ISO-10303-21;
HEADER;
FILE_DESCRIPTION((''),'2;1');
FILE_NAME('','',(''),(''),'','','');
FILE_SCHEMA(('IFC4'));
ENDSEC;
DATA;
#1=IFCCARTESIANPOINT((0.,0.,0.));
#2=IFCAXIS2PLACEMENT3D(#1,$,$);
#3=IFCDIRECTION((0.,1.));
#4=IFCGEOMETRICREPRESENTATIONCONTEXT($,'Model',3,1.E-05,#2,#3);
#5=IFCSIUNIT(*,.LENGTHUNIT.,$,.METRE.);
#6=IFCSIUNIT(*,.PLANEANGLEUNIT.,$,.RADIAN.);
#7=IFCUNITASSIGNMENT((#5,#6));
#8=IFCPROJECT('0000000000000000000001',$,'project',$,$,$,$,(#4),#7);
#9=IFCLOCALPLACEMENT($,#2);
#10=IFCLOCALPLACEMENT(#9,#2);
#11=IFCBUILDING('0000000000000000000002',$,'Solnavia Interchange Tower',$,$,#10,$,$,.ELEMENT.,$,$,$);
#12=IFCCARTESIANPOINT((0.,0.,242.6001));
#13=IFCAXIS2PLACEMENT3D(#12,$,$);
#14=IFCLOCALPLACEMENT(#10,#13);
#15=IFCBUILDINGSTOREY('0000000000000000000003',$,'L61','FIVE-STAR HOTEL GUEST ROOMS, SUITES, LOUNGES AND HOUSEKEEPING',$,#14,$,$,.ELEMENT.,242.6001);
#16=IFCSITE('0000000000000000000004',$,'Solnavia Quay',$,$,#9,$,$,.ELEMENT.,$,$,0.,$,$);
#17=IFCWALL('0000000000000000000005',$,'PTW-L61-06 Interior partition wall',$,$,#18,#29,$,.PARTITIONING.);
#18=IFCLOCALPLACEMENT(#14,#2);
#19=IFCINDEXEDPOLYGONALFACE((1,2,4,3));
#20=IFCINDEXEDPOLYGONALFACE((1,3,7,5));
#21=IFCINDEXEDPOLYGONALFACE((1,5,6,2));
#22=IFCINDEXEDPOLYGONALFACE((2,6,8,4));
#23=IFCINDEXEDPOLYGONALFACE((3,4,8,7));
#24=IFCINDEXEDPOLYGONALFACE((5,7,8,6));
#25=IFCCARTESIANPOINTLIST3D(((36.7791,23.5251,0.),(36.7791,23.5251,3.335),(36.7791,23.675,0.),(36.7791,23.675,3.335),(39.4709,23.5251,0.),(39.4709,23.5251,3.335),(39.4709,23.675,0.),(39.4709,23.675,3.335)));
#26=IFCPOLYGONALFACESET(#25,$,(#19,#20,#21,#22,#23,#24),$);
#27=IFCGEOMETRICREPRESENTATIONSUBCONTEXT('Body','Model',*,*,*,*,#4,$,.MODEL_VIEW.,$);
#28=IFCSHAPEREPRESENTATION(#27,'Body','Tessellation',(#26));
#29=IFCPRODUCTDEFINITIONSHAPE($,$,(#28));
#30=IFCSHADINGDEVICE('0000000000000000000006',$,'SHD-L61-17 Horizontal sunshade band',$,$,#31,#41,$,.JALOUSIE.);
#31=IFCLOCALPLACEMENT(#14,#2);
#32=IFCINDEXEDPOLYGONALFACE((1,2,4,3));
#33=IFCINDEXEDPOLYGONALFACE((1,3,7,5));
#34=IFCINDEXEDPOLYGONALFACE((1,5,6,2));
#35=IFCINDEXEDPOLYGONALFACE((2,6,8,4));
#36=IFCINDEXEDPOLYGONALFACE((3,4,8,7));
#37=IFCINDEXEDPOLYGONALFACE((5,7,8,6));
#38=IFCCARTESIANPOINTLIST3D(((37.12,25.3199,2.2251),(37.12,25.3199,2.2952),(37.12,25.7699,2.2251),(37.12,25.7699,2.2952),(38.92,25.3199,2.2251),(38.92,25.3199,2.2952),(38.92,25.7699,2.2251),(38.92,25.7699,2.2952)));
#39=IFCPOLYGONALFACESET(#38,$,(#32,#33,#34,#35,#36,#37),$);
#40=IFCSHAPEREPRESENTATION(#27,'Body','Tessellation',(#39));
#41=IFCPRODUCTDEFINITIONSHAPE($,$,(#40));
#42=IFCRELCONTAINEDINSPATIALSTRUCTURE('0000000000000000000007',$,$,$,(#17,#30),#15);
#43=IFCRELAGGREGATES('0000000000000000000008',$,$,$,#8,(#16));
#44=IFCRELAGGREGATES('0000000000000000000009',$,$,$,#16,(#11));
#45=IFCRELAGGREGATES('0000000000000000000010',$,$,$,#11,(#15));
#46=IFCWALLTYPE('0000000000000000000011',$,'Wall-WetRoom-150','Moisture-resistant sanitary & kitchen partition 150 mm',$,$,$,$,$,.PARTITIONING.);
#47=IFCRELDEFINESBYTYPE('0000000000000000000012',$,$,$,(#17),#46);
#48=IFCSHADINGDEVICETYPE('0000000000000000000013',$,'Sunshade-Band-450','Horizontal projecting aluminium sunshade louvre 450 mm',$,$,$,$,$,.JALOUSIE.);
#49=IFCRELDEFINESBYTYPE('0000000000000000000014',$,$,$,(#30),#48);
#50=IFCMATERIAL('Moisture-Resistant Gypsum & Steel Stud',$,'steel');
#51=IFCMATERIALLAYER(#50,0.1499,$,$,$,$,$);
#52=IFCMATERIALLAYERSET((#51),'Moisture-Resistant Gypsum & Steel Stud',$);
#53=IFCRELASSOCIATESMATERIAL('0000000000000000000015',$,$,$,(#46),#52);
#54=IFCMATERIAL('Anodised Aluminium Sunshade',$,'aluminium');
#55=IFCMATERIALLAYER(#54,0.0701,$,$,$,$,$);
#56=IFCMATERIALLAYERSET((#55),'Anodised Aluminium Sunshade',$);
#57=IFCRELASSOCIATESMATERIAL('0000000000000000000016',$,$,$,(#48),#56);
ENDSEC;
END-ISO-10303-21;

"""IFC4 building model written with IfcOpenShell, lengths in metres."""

from ifc_helpers import new_model, si_unit, direction, frame, frame_2d, origin, origin_2d, place, context, subcontext, project, spatial, rectangle, extrude, material, layer, layer_set, type_object, element, save


model = new_model("IFC4")

# Units and contexts
model_context = context("Model", 3, precision=1e-05, world=origin(), true_north=direction((0.0, 1.0)))
body_context = subcontext(model_context, "Body", "Model", "MODEL_VIEW")
ifc_project = project(units=[si_unit("LENGTHUNIT", "METRE"), si_unit("PLANEANGLEUNIT", "RADIAN")], contexts=[model_context])

# Site, building, storey
site_placement = place(None, origin())
site = spatial("IfcSite", under=ifc_project, at=site_placement, Name="Solnavia Quay", CompositionType="ELEMENT", RefElevation=0.0)
building_placement = place(site_placement, origin())
building = spatial("IfcBuilding", under=site, at=building_placement, Name="Solnavia Interchange Tower", CompositionType="ELEMENT")
storey_placement = place(building_placement, frame((0.0, 0.0, 242.6001)))
storey = spatial("IfcBuildingStorey", under=building, at=storey_placement, Name="L61", Description="FIVE-STAR HOTEL GUEST ROOMS, SUITES, LOUNGES AND HOUSEKEEPING", CompositionType="ELEMENT", Elevation=242.6001)

# Wall
ifc_material_1 = material(Name="Moisture-Resistant Gypsum & Steel Stud", Category="steel")
ifc_layer_1 = layer(ifc_material_1, 0.1499)
ifc_layer_set_1 = layer_set([ifc_layer_1], Name="Moisture-Resistant Gypsum & Steel Stud")
wall_type_1 = type_object("IfcWallType", Name="Wall-WetRoom-150", Description="Moisture-resistant sanitary & kitchen partition 150 mm", PredefinedType="PARTITIONING", material=ifc_layer_set_1)
wall_1_placement = place(storey_placement, frame((36.7791, 23.6001, 0.0), z_axis=(0.0, 0.0, 1.0), x_axis=(1.0, 0.0, 0.0)))
element("IfcWall", 1, at=wall_1_placement, inside=storey, type_object=wall_type_1, Name="PTW-L61-06 Interior partition wall", PredefinedType="PARTITIONING", context=body_context, shape_type="SweptSolid", body=[
    extrude(rectangle(XDim=2.6919, YDim=0.1499, at=frame_2d((1.3459, 0.0))), origin(), (0.0, 0.0, 1.0), 3.335),
])

# Shading device
ifc_material_2 = material(Name="Anodised Aluminium Sunshade", Category="aluminium")
ifc_layer_2 = layer(ifc_material_2, 0.0701)
ifc_layer_set_2 = layer_set([ifc_layer_2], Name="Anodised Aluminium Sunshade")
shading_device_type = type_object("IfcShadingDeviceType", Name="Sunshade-Band-450", Description="Horizontal projecting aluminium sunshade louvre 450 mm", PredefinedType="JALOUSIE", material=ifc_layer_set_2)
shading_device_placement = place(storey_placement, frame((38.02, 25.5449, 2.2251), z_axis=(0.0, 0.0, 1.0), x_axis=(1.0, 0.0, 0.0)))
element("IfcShadingDevice", 2, at=shading_device_placement, inside=storey, type_object=shading_device_type, Name="SHD-L61-17 Horizontal sunshade band", PredefinedType="JALOUSIE", context=body_context, shape_type="SweptSolid", body=[
    extrude(rectangle(XDim=1.8, YDim=0.45, at=origin_2d()), origin(), (0.0, 0.0, 1.0), 0.0701),
])

save(model, "model.ifc")
